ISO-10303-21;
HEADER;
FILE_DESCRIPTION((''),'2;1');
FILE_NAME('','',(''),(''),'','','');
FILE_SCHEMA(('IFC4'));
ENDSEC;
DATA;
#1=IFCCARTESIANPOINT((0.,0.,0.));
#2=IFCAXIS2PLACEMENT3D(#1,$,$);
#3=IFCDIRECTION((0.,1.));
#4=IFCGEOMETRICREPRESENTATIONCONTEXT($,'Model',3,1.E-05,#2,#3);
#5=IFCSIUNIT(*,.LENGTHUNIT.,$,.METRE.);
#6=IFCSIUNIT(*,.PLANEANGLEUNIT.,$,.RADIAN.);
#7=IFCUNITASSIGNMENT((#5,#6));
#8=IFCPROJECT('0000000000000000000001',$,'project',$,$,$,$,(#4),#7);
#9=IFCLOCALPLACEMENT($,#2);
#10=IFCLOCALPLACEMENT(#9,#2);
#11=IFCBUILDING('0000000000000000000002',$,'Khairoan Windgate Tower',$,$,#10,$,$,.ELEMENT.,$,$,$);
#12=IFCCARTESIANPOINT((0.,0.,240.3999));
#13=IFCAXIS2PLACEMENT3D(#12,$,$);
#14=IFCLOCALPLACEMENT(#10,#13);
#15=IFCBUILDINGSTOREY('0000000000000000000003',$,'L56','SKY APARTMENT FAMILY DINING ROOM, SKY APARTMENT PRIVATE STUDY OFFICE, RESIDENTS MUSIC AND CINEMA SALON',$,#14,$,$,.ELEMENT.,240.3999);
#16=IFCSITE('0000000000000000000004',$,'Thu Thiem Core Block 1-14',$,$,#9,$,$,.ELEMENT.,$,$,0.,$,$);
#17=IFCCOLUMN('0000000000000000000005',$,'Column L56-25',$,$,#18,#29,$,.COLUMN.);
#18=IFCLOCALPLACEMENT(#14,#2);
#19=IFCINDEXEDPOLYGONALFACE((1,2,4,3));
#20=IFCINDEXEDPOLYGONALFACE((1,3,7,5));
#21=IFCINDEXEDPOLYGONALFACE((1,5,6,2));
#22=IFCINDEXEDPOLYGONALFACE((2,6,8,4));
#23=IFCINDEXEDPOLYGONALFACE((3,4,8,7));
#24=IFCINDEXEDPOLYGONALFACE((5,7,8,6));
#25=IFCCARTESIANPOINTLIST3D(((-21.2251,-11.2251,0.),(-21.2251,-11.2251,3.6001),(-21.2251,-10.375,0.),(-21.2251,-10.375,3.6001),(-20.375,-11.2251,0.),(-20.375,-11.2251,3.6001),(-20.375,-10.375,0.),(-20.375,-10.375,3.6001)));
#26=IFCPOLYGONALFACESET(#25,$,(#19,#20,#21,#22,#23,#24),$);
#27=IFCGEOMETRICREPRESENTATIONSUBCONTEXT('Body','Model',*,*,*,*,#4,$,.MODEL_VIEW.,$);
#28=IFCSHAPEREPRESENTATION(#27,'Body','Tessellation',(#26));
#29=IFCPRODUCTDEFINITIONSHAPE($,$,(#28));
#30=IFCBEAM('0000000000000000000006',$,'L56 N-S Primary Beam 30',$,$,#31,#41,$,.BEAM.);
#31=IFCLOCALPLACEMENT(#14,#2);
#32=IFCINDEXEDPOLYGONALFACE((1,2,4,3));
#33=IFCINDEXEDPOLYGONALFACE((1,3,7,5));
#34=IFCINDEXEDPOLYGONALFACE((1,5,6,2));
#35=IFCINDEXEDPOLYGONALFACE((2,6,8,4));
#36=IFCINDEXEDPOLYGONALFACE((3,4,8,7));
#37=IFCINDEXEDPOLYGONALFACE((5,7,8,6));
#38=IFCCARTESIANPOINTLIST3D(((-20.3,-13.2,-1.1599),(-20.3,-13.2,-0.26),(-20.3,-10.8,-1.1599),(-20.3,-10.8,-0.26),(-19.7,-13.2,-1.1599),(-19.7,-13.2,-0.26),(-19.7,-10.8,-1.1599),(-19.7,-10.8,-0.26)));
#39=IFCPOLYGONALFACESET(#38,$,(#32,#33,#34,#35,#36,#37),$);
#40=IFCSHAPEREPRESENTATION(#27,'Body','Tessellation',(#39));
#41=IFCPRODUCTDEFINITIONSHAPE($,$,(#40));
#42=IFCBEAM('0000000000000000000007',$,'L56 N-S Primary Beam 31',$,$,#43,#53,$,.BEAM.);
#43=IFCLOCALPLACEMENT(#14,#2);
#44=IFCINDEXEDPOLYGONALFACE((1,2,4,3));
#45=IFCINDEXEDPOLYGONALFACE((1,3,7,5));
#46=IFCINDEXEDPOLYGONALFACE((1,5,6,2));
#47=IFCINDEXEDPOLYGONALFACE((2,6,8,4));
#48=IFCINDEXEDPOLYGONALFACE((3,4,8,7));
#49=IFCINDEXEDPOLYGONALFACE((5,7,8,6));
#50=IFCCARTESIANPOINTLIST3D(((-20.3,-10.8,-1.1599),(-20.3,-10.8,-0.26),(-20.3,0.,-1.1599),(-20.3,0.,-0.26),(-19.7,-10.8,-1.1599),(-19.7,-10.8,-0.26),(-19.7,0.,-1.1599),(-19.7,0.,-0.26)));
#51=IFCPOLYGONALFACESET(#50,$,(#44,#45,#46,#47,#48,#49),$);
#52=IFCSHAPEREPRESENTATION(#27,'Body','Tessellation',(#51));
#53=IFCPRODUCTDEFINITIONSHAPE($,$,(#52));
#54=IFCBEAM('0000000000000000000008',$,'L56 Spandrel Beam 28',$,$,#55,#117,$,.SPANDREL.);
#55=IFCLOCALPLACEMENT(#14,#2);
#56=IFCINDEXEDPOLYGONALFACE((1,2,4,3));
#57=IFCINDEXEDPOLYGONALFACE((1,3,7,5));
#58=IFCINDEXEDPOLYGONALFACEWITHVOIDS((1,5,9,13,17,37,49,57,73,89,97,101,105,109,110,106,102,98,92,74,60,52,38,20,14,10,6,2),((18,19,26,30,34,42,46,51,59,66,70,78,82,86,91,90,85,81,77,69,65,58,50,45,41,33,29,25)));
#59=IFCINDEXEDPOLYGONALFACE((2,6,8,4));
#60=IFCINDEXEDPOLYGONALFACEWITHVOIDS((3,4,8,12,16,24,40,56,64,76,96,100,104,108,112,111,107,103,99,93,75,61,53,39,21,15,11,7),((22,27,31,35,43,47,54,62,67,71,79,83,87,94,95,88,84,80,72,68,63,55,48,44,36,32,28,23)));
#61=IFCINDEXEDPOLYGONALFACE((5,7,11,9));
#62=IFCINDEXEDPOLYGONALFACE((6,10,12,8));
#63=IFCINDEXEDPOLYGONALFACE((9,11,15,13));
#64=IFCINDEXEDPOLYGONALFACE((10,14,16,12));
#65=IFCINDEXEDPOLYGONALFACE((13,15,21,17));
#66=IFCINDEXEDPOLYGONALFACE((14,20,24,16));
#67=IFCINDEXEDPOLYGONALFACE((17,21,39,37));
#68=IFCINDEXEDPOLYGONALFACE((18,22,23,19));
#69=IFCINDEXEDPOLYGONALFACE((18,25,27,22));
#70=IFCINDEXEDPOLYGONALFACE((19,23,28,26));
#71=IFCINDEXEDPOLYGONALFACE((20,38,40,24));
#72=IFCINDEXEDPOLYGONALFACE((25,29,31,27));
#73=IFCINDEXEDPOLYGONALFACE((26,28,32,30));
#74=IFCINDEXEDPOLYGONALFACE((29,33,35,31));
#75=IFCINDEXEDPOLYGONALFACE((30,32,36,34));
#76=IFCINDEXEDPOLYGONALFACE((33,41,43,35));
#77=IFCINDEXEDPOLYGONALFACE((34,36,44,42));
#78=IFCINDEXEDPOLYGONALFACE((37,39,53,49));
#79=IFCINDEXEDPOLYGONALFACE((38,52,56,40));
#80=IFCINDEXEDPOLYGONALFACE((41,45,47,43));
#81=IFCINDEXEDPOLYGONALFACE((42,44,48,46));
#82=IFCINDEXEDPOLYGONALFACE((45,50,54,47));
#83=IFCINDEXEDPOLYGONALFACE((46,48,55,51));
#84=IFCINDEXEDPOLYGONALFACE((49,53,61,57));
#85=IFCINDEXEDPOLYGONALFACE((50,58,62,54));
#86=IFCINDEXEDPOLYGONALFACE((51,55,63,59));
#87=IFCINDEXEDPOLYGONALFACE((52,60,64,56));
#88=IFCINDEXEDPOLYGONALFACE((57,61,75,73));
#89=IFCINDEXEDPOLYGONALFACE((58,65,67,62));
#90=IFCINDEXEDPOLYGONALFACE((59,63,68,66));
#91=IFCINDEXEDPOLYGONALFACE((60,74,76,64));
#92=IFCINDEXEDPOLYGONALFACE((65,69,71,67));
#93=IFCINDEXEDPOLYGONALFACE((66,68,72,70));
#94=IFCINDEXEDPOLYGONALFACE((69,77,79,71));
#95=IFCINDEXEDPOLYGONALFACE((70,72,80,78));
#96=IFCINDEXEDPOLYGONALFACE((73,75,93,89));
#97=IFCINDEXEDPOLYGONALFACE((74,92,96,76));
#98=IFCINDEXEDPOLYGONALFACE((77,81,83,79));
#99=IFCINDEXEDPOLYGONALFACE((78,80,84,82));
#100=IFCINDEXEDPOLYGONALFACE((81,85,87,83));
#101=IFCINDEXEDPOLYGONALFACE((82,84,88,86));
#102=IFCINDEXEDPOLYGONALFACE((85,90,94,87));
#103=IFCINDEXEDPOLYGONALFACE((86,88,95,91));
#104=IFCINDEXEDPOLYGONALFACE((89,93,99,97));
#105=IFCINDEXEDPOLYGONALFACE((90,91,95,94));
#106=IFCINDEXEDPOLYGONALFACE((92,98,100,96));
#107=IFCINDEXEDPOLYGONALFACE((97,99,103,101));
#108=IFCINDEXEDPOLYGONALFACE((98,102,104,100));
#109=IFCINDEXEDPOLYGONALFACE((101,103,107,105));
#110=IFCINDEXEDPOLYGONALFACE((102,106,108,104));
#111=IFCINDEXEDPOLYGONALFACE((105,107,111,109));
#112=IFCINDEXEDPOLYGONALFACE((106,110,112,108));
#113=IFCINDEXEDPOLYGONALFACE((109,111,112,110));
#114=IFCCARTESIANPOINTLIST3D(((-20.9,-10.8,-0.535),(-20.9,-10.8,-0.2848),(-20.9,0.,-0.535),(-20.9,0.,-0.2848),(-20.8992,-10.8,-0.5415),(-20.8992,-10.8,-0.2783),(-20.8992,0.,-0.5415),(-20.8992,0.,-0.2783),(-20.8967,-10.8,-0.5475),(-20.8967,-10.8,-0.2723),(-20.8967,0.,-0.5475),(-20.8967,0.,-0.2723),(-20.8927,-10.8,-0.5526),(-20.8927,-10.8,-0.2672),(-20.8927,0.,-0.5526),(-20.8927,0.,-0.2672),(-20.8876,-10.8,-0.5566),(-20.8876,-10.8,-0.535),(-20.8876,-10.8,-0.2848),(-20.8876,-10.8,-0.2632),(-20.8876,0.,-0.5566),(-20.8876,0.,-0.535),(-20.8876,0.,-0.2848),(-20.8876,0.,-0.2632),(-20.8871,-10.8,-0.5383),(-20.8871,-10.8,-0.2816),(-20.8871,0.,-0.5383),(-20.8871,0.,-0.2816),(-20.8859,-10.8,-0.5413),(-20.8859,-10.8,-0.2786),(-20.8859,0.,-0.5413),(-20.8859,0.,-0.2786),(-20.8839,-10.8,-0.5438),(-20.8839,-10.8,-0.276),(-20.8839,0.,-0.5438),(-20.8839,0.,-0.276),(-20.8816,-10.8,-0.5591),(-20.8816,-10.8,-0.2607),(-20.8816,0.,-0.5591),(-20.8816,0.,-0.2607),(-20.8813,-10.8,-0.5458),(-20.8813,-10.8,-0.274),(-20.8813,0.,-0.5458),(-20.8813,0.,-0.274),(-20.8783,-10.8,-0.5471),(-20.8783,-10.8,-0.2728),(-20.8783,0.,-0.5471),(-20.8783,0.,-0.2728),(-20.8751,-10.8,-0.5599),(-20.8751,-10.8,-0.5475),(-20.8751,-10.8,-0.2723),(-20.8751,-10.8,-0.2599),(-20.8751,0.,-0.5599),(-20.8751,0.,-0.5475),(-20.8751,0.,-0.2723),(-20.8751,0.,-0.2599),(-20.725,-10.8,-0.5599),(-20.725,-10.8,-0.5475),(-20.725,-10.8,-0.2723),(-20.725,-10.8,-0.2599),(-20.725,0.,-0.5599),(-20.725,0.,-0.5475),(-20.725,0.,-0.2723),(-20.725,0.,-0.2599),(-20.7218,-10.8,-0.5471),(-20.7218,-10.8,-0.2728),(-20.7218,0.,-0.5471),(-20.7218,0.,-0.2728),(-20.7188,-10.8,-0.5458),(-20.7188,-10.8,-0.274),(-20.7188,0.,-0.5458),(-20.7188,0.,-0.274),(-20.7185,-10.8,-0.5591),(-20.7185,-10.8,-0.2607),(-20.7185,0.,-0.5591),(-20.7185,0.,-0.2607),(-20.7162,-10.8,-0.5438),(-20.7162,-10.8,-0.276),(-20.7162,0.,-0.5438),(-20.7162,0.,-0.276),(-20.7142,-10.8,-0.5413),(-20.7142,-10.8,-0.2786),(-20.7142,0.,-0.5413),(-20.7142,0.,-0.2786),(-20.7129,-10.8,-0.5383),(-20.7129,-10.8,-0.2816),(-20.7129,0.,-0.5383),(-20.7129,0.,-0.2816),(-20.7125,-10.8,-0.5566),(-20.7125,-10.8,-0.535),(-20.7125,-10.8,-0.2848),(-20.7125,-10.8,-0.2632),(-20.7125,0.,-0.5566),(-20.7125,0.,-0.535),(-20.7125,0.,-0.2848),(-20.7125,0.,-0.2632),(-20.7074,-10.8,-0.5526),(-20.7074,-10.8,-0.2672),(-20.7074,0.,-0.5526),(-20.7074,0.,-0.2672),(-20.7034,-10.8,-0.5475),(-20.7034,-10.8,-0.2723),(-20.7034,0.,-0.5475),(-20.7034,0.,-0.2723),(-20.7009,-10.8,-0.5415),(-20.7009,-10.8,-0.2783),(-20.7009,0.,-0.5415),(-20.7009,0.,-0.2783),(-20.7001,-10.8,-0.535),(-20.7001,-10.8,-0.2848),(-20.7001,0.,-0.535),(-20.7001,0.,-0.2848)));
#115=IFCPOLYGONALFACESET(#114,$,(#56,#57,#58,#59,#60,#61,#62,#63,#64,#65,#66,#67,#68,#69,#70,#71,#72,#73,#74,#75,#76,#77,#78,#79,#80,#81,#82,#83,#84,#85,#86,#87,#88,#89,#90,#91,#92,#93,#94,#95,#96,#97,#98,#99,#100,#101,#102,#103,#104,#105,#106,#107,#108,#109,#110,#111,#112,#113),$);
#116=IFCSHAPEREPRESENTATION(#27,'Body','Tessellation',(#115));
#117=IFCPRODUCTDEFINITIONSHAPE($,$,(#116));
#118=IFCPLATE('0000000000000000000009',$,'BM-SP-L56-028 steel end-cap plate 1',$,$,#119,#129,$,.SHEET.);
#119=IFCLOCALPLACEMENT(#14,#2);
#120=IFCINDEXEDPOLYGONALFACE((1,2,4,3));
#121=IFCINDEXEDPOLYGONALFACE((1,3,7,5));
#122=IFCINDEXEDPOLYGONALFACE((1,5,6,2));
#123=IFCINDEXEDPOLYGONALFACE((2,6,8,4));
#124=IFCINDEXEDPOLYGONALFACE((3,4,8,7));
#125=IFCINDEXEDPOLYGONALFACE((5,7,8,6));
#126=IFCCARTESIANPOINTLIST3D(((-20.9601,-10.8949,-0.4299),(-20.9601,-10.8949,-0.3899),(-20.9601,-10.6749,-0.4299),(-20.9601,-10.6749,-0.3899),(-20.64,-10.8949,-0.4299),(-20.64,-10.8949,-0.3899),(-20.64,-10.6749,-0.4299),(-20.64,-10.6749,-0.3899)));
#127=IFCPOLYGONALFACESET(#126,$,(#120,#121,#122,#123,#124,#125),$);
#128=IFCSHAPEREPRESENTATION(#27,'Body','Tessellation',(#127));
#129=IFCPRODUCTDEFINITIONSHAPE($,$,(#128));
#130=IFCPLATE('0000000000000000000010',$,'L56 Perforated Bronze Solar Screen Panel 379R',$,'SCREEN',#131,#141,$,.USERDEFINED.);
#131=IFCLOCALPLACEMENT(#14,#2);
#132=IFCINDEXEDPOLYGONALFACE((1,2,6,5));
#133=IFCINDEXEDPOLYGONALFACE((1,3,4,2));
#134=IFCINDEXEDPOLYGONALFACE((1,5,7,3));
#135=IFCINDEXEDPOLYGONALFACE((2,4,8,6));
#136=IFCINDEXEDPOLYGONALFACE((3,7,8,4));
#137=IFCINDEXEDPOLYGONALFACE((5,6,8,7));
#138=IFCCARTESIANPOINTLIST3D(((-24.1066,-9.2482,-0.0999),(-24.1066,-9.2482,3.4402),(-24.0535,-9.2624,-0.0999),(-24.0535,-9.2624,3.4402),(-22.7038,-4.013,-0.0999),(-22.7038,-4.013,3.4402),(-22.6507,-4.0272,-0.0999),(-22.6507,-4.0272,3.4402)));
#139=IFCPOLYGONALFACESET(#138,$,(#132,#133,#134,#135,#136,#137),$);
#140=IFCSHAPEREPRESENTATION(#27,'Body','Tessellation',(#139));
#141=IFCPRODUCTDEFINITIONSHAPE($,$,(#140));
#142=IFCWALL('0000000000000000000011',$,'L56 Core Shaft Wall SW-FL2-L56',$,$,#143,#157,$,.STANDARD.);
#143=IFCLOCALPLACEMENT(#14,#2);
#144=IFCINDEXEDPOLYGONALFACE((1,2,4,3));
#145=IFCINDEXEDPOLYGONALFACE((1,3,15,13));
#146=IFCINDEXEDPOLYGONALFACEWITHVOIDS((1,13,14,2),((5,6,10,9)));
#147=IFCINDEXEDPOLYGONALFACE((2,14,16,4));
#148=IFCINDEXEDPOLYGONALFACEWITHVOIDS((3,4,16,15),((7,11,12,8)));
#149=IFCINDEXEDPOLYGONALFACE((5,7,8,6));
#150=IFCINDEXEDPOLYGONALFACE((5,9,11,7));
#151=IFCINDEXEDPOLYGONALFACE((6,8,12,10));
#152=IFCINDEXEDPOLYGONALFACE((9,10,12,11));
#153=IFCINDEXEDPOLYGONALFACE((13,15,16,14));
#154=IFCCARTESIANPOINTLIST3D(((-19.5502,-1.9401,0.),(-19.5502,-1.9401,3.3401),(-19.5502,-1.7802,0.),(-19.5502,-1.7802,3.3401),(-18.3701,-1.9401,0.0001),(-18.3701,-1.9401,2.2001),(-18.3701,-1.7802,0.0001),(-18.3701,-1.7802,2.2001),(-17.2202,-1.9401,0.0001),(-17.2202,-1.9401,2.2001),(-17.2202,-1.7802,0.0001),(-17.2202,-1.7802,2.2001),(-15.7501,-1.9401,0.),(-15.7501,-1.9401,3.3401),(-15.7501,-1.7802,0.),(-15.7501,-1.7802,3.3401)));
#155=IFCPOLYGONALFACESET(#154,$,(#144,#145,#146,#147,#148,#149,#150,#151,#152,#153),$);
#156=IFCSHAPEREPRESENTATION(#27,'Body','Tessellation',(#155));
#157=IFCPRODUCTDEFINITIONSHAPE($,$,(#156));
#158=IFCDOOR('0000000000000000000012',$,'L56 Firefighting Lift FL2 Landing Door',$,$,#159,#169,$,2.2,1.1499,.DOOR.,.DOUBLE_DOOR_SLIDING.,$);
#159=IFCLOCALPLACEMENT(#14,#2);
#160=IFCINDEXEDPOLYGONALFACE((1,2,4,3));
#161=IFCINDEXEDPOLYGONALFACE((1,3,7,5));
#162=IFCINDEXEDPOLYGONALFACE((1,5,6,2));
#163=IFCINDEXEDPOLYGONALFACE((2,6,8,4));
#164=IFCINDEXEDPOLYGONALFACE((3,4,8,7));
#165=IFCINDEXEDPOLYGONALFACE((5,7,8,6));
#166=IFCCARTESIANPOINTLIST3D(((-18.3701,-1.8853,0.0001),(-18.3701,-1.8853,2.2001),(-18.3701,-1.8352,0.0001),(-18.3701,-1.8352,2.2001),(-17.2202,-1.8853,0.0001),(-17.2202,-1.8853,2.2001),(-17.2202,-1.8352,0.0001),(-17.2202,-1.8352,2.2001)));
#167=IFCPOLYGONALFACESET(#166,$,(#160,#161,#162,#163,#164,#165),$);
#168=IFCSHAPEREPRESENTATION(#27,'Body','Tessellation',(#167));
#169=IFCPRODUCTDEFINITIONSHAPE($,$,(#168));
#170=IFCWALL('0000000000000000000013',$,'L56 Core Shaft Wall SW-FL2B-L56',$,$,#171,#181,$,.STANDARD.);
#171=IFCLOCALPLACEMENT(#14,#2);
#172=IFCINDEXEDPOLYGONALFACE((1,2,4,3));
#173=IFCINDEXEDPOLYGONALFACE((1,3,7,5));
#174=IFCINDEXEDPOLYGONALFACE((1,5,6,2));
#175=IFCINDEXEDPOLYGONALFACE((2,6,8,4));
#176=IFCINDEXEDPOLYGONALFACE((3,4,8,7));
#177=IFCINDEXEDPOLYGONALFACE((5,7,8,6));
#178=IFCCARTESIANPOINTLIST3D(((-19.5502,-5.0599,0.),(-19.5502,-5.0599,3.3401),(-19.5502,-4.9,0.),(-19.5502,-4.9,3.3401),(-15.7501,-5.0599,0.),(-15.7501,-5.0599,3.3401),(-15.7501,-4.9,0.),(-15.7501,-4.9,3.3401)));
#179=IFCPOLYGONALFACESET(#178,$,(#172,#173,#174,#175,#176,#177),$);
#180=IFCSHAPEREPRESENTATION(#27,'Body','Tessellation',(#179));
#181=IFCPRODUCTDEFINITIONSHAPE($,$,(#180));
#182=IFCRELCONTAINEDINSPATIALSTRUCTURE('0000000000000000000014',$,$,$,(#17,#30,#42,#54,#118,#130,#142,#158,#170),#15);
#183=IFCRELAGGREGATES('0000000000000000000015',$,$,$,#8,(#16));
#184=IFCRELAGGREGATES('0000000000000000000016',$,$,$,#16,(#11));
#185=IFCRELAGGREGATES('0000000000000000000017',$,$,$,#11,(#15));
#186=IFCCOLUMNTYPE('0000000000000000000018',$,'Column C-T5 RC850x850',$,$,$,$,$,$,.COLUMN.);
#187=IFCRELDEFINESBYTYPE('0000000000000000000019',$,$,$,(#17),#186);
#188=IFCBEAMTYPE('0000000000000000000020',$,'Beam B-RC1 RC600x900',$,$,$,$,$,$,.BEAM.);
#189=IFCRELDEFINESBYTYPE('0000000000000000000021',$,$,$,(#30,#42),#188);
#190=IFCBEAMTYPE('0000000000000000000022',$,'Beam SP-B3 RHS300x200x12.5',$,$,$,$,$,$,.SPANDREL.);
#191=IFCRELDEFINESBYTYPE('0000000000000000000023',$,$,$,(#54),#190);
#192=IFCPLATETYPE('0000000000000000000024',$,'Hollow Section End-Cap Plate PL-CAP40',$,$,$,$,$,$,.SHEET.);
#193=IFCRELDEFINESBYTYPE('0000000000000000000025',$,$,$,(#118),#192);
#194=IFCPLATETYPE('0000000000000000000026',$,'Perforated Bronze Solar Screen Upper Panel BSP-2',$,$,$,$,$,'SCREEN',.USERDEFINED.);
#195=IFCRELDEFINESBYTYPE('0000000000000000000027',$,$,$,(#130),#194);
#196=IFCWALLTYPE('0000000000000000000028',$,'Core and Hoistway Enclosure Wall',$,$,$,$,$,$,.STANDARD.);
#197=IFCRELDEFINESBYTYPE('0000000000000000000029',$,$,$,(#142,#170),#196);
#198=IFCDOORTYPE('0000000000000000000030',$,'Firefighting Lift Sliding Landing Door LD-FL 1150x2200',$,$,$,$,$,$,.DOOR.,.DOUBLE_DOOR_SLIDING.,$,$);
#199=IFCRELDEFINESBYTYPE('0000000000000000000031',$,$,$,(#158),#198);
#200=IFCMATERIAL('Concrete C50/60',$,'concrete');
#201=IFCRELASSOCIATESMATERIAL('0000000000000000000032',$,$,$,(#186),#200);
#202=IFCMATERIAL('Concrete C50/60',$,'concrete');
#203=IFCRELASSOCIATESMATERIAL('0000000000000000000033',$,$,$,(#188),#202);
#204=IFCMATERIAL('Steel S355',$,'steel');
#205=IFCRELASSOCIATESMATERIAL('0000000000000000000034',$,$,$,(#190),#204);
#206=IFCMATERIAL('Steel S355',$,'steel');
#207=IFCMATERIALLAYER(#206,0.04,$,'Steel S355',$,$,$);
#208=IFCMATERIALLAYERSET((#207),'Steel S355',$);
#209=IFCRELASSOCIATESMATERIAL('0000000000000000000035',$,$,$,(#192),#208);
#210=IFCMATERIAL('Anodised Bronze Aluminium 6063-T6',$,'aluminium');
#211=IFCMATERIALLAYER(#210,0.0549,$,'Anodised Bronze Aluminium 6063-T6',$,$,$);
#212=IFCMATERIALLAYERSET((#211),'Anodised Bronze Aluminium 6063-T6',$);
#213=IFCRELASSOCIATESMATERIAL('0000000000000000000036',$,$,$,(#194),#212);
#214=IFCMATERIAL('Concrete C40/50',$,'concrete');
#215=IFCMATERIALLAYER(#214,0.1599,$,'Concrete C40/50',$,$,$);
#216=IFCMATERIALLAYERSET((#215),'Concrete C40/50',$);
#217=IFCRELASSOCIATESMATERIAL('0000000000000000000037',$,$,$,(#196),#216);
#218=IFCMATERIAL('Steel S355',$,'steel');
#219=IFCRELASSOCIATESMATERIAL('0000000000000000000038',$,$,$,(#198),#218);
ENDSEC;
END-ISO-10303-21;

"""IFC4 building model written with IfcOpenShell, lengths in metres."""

from ifc_helpers import new_model, si_unit, direction, frame, frame_2d, origin, origin_2d, place, context, subcontext, project, spatial, rectangle, hollow_rectangle, extrude, material, layer, layer_set, material_profile, profile_set, type_object, element, fill, save


model = new_model("IFC4")

# Units and contexts
model_context = context("Model", 3, precision=1e-05, world=origin(), true_north=direction((0.0, 1.0)))
body_context = subcontext(model_context, "Body", "Model", "MODEL_VIEW")
ifc_project = project(units=[si_unit("LENGTHUNIT", "METRE"), si_unit("PLANEANGLEUNIT", "RADIAN")], contexts=[model_context])

# Site, building, storey
site_placement = place(None, origin())
site = spatial("IfcSite", under=ifc_project, at=site_placement, Name="Thu Thiem Core Block 1-14", CompositionType="ELEMENT", RefElevation=0.0)
building_placement = place(site_placement, origin())
building = spatial("IfcBuilding", under=site, at=building_placement, Name="Khairoan Windgate Tower", CompositionType="ELEMENT")
storey_placement = place(building_placement, frame((0.0, 0.0, 240.3999)))
storey = spatial("IfcBuildingStorey", under=building, at=storey_placement, Name="L56", Description="SKY APARTMENT FAMILY DINING ROOM, SKY APARTMENT PRIVATE STUDY OFFICE, RESIDENTS MUSIC AND CINEMA SALON", CompositionType="ELEMENT", Elevation=240.3999)

# Column
ifc_material_1 = material(Name="Concrete C50/60", Category="concrete")
ifc_material_profile_1 = material_profile(ifc_material_1, rectangle(XDim=0.8501, YDim=0.8501, at=origin_2d()))
ifc_profile_set_1 = profile_set([ifc_material_profile_1], Name="Concrete C50/60")
column_type = type_object("IfcColumnType", Name="Column C-T5 RC850x850", PredefinedType="COLUMN", material=ifc_profile_set_1)
column_placement = place(storey_placement, frame((-20.8, -10.8, 0.0), z_axis=(0.0, 0.0, 1.0), x_axis=(1.0, 0.0, 0.0)))
element("IfcColumn", 1, at=column_placement, inside=storey, type_object=column_type, Name="Column L56-25", PredefinedType="COLUMN", context=body_context, shape_type="SweptSolid", body=[
    extrude(rectangle(XDim=0.8501, YDim=0.8501, at=origin_2d()), origin(), (0.0, 0.0, 1.0), 3.6001),
])

# Beams
ifc_material_2 = material(Name="Concrete C50/60", Category="concrete")
ifc_material_profile_2 = material_profile(ifc_material_2, rectangle(XDim=0.6001, YDim=0.8999, at=origin_2d()))
ifc_profile_set_2 = profile_set([ifc_material_profile_2], Name="Concrete C50/60")
beam_type_1 = type_object("IfcBeamType", Name="Beam B-RC1 RC600x900", PredefinedType="BEAM", material=ifc_profile_set_2)
beam_1_placement = place(storey_placement, frame((-20.0, -13.2, -0.71), z_axis=(0.0, 1.0, 0.0), x_axis=(-1.0, 0.0, 0.0)))
element("IfcBeam", 2, at=beam_1_placement, inside=storey, type_object=beam_type_1, Name="L56 N-S Primary Beam 30", PredefinedType="BEAM", context=body_context, shape_type="SweptSolid", body=[
    extrude(rectangle(XDim=0.6001, YDim=0.8999, at=origin_2d()), origin(), (0.0, 0.0, 1.0), 2.3999),
])
beam_2_placement = place(storey_placement, frame((-20.0, -10.8, -0.71), z_axis=(0.0, 1.0, 0.0), x_axis=(-1.0, 0.0, 0.0)))
element("IfcBeam", 3, at=beam_2_placement, inside=storey, type_object=beam_type_1, Name="L56 N-S Primary Beam 31", PredefinedType="BEAM", context=body_context, shape_type="SweptSolid", body=[
    extrude(rectangle(XDim=0.6001, YDim=0.8999, at=origin_2d()), origin(), (0.0, 0.0, 1.0), 10.8),
])
ifc_material_3 = material(Name="Steel S355", Category="steel")
ifc_material_profile_3 = material_profile(ifc_material_3, hollow_rectangle(XDim=0.2, YDim=0.3, WallThickness=0.0125, InnerFilletRadius=0.0125, OuterFilletRadius=0.0249, at=origin_2d()))
ifc_profile_set_3 = profile_set([ifc_material_profile_3], Name="Steel S355")
beam_type_2 = type_object("IfcBeamType", Name="Beam SP-B3 RHS300x200x12.5", PredefinedType="SPANDREL", material=ifc_profile_set_3)
beam_3_placement = place(storey_placement, frame((-20.8, -10.8, -0.4099), z_axis=(0.0, 1.0, 0.0), x_axis=(-1.0, 0.0, 0.0)))
element("IfcBeam", 4, at=beam_3_placement, inside=storey, type_object=beam_type_2, Name="L56 Spandrel Beam 28", PredefinedType="SPANDREL", context=body_context, shape_type="SweptSolid", body=[
    extrude(hollow_rectangle(XDim=0.2, YDim=0.3, WallThickness=0.0125, InnerFilletRadius=0.0125, OuterFilletRadius=0.0249, at=origin_2d()), origin(), (0.0, 0.0, 1.0), 10.8),
])

# Plates
ifc_material_4 = material(Name="Steel S355", Category="steel")
ifc_layer_1 = layer(ifc_material_4, 0.04, Name="Steel S355")
ifc_layer_set_1 = layer_set([ifc_layer_1], Name="Steel S355")
plate_type_1 = type_object("IfcPlateType", Name="Hollow Section End-Cap Plate PL-CAP40", PredefinedType="SHEET", material=ifc_layer_set_1)
plate_1_placement = place(storey_placement, frame((-20.8, -10.7849, -0.4299), z_axis=(0.0, 0.0, 1.0), x_axis=(0.0, 1.0, 0.0)))
element("IfcPlate", 5, at=plate_1_placement, inside=storey, type_object=plate_type_1, Name="BM-SP-L56-028 steel end-cap plate 1", PredefinedType="SHEET", context=body_context, shape_type="SweptSolid", body=[
    extrude(rectangle(XDim=0.22, YDim=0.3201, at=origin_2d()), origin(), (0.0, 0.0, 1.0), 0.04),
])
ifc_material_5 = material(Name="Anodised Bronze Aluminium 6063-T6", Category="aluminium")
ifc_layer_2 = layer(ifc_material_5, 0.0549, Name="Anodised Bronze Aluminium 6063-T6")
ifc_layer_set_2 = layer_set([ifc_layer_2], Name="Anodised Bronze Aluminium 6063-T6")
plate_type_2 = type_object("IfcPlateType", Name="Perforated Bronze Solar Screen Upper Panel BSP-2", ElementType="SCREEN", PredefinedType="USERDEFINED", material=ifc_layer_set_2)
plate_2_placement = place(storey_placement, frame((-23.3787, -6.6377, -0.0999), z_axis=(0.0, 0.0, 1.0), x_axis=(0.258819, 0.965926, 0.0)))
element("IfcPlate", 6, at=plate_2_placement, inside=storey, type_object=plate_type_2, Name="L56 Perforated Bronze Solar Screen Panel 379R", ObjectType="SCREEN", PredefinedType="USERDEFINED", context=body_context, shape_type="SweptSolid", body=[
    extrude(rectangle(XDim=5.4199, YDim=0.0549, at=origin_2d()), origin(), (0.0, 0.0, 1.0), 3.54),
])

# Wall, opening, door
ifc_material_6 = material(Name="Concrete C40/50", Category="concrete")
ifc_layer_3 = layer(ifc_material_6, 0.1599, Name="Concrete C40/50")
ifc_layer_set_3 = layer_set([ifc_layer_3], Name="Concrete C40/50")
wall_type_1 = type_object("IfcWallType", Name="Core and Hoistway Enclosure Wall", PredefinedType="STANDARD", material=ifc_layer_set_3)
wall_1_placement = place(storey_placement, frame((-19.55, -1.8601, 0.0), z_axis=(0.0, 0.0, 1.0), x_axis=(1.0, 0.0, 0.0)))
wall_1 = element("IfcWall", 7, at=wall_1_placement, inside=storey, type_object=wall_type_1, Name="L56 Core Shaft Wall SW-FL2-L56", PredefinedType="STANDARD", context=body_context, shape_type="SweptSolid", body=[
    extrude(rectangle(XDim=3.8, YDim=0.1599, at=frame_2d((1.8999, 0.0))), origin(), (0.0, 0.0, 1.0), 3.3401),
])
opening_1_placement = place(wall_1_placement, frame((1.1799, 0.0, 0.0)))
opening_1 = element("IfcOpeningElement", 8, at=opening_1_placement, cuts=wall_1, PredefinedType="OPENING", context=body_context, shape_type="SweptSolid", body=[
    extrude(rectangle(XDim=1.1499, YDim=2.2, at=frame_2d((0.575, 1.1001))), frame((0.0, 0.0898, 0.0), z_axis=(0.0, -1.0, 0.0), x_axis=(1.0, 0.0, 0.0)), (0.0, 0.0, 1.0), 0.1799),
])
ifc_material_7 = material(Name="Steel S355", Category="steel")
door_type_1 = type_object("IfcDoorType", Name="Firefighting Lift Sliding Landing Door LD-FL 1150x2200", OperationType="DOUBLE_DOOR_SLIDING", PredefinedType="DOOR", material=ifc_material_7)
door_1_placement = place(opening_1_placement, origin())
door_1 = element("IfcDoor", 9, at=door_1_placement, inside=storey, type_object=door_type_1, Name="L56 Firefighting Lift FL2 Landing Door", OperationType="DOUBLE_DOOR_SLIDING", OverallHeight=2.2, OverallWidth=1.1499, PredefinedType="DOOR", context=body_context, shape_type="SweptSolid", body=[
    extrude(rectangle(XDim=1.1499, YDim=2.2, at=frame_2d((0.575, 1.1001))), frame((0.0, 0.0249, 0.0), z_axis=(0.0, -1.0, 0.0), x_axis=(1.0, 0.0, 0.0)), (0.0, 0.0, 1.0), 0.05),
])
fill(opening_1, door_1)

# Wall
wall_2_placement = place(storey_placement, frame((-19.55, -4.98, 0.0), z_axis=(0.0, 0.0, 1.0), x_axis=(1.0, 0.0, 0.0)))
element("IfcWall", 10, at=wall_2_placement, inside=storey, type_object=wall_type_1, Name="L56 Core Shaft Wall SW-FL2B-L56", PredefinedType="STANDARD", context=body_context, shape_type="SweptSolid", body=[
    extrude(rectangle(XDim=3.8, YDim=0.1599, at=frame_2d((1.8999, 0.0))), origin(), (0.0, 0.0, 1.0), 3.3401),
])

save(model, "model.ifc")
